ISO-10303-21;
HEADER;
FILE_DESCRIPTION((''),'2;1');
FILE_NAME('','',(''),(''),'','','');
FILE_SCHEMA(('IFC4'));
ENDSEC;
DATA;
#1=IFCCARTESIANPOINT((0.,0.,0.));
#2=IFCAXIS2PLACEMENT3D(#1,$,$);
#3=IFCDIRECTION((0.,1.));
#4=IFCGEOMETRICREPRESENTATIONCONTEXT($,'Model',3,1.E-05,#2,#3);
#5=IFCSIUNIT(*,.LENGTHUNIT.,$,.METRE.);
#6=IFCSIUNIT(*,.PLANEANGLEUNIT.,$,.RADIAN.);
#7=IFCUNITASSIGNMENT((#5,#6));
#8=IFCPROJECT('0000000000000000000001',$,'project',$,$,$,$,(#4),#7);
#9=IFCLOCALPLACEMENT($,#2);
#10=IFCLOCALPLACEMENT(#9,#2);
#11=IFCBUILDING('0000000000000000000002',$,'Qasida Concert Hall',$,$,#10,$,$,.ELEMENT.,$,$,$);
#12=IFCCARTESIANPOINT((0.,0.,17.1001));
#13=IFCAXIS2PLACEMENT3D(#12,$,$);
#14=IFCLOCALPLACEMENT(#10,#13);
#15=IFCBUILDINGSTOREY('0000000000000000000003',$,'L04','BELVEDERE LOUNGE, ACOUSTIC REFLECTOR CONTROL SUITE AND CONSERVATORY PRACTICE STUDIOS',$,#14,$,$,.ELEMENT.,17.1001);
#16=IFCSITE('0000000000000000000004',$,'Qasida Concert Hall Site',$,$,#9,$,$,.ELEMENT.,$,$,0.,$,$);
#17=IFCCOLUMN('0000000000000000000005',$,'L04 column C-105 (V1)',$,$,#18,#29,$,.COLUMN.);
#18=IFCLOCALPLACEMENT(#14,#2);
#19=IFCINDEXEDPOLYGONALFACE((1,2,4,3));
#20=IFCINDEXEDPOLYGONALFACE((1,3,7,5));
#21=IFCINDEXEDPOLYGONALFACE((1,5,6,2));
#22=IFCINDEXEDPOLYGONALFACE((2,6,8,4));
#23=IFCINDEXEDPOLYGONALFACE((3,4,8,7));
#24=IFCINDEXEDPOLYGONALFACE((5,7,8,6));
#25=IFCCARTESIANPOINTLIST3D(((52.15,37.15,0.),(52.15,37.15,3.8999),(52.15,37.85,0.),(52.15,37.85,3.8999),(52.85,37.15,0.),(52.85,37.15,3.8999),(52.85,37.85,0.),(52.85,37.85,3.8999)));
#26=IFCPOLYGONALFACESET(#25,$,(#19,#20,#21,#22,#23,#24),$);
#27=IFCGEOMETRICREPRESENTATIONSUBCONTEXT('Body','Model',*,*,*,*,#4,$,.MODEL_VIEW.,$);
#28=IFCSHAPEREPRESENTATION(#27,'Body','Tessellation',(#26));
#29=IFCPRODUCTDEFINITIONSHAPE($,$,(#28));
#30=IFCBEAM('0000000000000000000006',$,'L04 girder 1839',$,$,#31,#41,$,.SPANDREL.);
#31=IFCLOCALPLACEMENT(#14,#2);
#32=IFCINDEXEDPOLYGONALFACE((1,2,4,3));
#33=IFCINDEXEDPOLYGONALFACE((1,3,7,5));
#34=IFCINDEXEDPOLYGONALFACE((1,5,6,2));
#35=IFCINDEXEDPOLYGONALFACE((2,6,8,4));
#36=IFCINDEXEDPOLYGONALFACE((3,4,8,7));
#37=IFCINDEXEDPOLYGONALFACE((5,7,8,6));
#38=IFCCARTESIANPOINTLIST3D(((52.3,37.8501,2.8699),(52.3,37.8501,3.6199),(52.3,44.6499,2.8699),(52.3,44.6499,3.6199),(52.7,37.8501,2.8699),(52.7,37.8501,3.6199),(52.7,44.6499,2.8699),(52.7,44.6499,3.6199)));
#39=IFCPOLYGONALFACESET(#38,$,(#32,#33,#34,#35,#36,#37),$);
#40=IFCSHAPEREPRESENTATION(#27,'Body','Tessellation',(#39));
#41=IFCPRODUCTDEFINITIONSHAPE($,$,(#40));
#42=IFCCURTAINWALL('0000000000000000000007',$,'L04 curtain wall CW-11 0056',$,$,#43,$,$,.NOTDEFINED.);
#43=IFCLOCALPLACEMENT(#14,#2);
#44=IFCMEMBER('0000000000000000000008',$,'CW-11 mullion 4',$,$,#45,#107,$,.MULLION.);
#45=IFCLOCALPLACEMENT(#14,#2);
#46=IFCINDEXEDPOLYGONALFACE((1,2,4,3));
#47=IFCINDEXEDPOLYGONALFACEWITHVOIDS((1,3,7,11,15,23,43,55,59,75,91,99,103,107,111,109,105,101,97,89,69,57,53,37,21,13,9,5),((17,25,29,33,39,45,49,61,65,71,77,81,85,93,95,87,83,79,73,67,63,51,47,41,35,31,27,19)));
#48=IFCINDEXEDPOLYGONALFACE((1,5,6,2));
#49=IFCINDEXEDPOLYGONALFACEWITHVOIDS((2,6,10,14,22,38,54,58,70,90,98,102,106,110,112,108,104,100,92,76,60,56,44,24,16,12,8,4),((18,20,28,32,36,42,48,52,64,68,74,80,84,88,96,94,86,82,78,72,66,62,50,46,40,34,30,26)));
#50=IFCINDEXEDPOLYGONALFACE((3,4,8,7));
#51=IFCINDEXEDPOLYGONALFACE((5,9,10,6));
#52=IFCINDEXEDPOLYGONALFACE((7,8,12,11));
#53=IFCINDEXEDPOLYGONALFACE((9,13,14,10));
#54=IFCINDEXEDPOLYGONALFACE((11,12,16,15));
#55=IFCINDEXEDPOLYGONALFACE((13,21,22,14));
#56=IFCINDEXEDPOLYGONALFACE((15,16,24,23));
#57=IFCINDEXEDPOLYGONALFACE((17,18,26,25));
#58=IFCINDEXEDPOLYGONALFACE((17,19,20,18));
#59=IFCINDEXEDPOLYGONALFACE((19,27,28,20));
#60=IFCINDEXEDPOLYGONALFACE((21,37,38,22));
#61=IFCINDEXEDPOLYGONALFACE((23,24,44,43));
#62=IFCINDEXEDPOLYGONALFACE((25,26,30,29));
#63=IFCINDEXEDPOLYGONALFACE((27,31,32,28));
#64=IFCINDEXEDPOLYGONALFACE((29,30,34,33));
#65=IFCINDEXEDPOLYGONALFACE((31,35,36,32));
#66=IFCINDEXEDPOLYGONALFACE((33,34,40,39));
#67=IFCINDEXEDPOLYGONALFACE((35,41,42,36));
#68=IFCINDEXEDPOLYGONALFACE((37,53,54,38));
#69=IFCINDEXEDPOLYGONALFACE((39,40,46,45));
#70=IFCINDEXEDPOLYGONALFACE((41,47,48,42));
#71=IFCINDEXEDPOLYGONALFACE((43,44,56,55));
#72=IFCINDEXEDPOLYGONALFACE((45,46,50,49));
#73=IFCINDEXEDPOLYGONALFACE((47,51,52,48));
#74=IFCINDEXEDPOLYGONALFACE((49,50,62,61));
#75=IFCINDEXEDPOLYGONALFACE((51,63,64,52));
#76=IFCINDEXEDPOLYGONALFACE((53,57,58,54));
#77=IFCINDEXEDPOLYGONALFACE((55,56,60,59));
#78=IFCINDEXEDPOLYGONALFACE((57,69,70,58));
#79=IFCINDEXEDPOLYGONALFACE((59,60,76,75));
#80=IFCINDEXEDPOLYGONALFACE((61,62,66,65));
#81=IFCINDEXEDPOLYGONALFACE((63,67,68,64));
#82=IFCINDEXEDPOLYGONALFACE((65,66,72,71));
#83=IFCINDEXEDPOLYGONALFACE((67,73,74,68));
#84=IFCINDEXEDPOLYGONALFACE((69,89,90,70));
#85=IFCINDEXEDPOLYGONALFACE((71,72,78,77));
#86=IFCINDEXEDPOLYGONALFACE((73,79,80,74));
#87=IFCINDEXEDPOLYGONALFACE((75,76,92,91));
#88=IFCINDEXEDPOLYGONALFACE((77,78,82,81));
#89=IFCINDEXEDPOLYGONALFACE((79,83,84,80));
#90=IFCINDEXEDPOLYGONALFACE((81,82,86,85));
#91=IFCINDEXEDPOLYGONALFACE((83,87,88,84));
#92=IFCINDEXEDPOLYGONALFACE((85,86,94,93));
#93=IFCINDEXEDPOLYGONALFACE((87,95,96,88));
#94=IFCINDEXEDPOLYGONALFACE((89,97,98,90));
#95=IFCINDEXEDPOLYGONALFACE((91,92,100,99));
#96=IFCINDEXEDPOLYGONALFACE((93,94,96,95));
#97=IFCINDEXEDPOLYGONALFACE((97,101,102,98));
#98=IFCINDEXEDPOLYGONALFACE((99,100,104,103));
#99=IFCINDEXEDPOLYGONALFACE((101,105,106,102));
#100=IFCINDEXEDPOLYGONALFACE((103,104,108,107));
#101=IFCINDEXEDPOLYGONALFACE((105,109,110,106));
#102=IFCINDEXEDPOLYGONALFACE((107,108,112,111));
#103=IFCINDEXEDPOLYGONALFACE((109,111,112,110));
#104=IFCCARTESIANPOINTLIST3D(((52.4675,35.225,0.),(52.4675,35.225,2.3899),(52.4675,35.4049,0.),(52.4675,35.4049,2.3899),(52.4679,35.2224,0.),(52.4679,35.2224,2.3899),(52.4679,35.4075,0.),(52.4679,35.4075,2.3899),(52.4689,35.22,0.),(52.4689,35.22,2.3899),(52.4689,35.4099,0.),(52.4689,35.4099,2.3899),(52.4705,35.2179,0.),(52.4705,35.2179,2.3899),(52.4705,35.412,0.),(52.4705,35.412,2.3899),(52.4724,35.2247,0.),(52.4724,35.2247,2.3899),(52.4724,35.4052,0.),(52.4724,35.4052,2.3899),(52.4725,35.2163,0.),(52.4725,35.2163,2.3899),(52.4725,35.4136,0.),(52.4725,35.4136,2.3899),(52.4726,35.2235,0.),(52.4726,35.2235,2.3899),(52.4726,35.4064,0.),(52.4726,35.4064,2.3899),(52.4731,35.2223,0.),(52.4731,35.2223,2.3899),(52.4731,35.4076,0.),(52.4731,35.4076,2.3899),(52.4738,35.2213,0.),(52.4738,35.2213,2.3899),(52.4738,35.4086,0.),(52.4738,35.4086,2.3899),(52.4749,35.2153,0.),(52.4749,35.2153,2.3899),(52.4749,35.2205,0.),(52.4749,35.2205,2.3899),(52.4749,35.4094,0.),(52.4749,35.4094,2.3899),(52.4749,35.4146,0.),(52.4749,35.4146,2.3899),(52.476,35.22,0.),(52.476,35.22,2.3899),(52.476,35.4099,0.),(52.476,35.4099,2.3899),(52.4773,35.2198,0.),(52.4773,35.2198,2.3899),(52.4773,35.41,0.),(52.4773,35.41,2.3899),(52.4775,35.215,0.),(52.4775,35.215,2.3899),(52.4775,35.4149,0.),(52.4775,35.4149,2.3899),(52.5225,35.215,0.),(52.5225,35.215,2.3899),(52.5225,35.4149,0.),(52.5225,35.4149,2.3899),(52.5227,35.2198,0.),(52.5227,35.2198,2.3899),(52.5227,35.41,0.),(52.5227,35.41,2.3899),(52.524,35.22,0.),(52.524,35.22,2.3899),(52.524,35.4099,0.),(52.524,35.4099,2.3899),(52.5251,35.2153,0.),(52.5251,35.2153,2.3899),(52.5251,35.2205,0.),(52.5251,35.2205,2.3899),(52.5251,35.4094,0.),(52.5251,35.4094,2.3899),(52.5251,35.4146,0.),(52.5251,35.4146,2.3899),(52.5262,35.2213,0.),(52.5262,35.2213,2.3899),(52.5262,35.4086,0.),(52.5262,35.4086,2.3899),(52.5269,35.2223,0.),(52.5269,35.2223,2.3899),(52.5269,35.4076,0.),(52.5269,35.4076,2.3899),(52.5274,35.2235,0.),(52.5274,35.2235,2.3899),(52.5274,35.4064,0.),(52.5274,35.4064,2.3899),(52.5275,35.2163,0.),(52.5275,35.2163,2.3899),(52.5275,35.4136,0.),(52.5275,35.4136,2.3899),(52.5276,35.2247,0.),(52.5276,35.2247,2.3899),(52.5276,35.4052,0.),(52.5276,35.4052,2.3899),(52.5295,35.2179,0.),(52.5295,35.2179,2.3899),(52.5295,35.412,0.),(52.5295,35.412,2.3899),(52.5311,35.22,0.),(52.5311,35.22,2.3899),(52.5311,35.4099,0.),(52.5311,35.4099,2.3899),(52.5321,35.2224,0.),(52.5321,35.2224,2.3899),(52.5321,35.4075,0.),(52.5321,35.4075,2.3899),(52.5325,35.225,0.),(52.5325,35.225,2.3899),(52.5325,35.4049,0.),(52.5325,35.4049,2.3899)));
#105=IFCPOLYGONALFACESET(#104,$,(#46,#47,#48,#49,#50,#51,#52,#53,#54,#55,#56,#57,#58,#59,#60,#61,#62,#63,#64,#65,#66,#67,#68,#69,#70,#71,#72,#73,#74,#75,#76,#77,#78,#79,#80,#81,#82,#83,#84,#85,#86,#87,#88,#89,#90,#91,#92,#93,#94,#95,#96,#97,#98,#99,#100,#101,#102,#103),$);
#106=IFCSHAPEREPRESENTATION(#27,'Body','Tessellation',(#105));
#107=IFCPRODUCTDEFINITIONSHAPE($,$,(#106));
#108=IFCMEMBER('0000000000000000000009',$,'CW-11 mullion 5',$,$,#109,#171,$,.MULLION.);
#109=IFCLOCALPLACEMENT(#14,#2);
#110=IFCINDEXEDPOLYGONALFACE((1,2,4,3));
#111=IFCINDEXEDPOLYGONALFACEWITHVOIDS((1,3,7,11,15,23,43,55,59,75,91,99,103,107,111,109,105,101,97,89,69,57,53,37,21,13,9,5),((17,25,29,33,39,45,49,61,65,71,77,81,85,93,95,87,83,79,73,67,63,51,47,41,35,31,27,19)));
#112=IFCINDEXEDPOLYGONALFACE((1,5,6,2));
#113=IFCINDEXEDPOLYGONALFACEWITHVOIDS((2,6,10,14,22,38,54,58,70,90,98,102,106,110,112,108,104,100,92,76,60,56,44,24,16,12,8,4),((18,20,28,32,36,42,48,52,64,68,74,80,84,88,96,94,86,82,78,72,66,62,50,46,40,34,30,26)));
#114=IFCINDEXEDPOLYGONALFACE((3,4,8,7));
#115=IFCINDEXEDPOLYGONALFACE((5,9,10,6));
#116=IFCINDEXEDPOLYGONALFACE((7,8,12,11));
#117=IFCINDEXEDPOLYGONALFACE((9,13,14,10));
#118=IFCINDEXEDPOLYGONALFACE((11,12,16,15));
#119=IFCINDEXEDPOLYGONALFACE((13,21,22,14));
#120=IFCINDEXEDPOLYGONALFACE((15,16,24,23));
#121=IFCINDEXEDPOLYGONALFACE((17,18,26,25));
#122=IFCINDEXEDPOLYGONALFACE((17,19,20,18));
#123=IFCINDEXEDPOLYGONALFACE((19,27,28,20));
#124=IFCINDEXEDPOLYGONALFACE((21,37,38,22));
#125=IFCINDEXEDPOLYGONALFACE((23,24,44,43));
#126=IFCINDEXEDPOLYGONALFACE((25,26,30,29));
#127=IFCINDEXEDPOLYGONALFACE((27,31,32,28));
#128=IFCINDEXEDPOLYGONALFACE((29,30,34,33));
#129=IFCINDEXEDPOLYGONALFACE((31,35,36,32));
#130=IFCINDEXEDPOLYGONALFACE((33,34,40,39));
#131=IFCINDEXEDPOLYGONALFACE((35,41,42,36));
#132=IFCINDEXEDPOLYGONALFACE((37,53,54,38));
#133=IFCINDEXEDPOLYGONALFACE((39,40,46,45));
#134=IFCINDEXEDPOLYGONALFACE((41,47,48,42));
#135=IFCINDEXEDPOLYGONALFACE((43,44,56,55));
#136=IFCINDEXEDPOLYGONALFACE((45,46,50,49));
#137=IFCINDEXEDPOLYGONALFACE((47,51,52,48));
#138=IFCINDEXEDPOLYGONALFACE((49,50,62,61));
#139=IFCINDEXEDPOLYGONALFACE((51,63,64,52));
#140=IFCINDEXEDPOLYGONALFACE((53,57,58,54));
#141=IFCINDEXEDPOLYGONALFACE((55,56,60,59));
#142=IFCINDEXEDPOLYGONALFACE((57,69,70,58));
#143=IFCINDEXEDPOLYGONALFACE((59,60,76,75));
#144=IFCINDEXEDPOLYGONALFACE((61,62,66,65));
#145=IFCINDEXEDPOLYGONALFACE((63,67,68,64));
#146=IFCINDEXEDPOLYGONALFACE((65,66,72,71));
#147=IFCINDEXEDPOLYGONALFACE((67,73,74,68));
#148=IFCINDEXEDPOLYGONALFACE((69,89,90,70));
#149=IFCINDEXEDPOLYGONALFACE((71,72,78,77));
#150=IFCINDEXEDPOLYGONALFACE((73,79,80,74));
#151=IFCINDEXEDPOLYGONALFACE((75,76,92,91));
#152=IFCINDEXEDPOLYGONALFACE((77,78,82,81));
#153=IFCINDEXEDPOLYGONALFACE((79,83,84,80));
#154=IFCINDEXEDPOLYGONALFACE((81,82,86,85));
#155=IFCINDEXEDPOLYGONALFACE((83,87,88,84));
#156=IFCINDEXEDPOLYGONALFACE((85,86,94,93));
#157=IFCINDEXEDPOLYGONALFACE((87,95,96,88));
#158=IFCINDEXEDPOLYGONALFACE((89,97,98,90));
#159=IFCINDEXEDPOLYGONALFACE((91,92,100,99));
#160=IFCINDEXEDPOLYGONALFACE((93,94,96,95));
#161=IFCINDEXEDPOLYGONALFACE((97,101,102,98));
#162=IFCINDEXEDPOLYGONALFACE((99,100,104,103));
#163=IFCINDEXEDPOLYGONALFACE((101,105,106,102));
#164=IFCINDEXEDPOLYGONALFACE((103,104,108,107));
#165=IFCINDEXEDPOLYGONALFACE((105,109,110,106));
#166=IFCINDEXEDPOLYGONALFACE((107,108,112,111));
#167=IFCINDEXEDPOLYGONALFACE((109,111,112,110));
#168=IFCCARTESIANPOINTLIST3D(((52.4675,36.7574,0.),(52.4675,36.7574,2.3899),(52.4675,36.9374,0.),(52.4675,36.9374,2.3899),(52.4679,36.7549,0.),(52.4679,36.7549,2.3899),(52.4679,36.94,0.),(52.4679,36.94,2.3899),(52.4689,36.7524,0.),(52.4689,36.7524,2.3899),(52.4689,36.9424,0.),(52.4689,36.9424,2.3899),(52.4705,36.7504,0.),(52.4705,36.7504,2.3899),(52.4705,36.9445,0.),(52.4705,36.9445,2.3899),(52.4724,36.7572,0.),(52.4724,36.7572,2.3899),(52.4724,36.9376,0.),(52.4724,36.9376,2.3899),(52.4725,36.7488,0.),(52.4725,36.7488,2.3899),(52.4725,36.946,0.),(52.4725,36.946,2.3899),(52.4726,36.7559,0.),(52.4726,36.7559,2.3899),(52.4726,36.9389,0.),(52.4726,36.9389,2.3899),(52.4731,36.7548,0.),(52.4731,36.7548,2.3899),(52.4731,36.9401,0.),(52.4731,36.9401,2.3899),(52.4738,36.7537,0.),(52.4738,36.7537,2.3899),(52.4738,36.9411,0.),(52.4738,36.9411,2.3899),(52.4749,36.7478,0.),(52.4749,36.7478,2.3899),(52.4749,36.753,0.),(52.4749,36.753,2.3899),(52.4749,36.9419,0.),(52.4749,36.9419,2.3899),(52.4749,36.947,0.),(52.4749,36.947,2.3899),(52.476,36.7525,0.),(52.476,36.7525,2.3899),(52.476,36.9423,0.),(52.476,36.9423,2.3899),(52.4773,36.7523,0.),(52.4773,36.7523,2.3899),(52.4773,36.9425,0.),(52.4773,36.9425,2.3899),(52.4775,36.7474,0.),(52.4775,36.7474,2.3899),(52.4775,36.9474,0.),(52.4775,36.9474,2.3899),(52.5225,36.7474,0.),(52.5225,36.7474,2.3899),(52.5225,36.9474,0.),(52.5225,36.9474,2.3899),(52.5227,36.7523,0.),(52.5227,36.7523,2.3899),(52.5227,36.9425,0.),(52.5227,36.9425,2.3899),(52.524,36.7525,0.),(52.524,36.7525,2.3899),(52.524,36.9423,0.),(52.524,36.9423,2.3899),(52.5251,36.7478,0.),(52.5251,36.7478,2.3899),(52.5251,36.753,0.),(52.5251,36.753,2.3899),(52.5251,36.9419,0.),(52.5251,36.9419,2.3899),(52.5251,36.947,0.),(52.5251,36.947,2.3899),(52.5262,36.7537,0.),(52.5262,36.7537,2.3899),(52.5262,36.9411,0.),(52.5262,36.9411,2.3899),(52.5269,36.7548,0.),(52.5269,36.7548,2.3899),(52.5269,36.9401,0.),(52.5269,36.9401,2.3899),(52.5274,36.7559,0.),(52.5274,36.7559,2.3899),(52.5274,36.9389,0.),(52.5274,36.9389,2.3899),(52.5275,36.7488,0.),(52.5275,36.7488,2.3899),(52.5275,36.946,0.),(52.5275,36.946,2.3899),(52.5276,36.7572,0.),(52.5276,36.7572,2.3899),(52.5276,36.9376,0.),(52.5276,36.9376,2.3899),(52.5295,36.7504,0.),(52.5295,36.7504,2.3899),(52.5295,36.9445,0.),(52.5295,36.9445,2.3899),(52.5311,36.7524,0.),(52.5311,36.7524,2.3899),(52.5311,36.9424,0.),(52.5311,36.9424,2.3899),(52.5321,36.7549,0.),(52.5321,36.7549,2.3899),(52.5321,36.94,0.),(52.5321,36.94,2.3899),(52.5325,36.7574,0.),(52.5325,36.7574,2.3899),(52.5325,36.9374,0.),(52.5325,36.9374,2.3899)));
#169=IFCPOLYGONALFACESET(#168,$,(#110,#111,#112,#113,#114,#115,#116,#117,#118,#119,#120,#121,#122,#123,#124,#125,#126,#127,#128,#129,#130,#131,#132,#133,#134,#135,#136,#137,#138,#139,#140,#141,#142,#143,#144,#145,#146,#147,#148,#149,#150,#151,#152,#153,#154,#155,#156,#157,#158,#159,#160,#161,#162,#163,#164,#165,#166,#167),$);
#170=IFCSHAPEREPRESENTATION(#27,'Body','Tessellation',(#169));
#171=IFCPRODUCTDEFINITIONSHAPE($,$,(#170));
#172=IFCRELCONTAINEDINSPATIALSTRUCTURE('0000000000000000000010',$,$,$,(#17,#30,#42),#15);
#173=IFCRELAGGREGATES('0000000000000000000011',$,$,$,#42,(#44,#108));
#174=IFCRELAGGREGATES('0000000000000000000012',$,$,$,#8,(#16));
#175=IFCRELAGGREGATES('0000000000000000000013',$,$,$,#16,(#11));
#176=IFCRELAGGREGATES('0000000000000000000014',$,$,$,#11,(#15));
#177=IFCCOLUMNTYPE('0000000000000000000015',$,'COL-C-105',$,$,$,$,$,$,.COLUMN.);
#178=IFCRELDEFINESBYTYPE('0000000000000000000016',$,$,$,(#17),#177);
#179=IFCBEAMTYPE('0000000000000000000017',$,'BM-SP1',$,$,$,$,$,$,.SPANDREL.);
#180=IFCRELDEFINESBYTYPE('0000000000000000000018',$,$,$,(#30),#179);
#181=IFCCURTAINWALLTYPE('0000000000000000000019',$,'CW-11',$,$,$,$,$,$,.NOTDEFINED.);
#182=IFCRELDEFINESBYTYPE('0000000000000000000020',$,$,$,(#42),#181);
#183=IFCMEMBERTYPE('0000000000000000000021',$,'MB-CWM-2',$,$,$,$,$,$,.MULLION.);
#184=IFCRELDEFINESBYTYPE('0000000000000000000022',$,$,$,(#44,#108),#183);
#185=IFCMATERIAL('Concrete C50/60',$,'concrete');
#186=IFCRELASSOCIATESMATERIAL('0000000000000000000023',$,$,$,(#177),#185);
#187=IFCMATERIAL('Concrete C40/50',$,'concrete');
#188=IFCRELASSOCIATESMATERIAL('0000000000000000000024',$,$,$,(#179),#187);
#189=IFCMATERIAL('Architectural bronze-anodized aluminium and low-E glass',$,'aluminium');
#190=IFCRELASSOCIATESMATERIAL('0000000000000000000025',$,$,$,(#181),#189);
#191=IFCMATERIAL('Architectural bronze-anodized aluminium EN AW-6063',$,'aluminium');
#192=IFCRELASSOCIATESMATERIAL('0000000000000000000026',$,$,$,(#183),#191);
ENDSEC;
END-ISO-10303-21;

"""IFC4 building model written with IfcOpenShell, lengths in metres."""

from ifc_helpers import new_model, si_unit, direction, frame, origin, origin_2d, place, context, subcontext, project, spatial, rectangle, hollow_rectangle, extrude, material, material_profile, profile_set, type_object, element, aggregate, save


model = new_model("IFC4")

# Units and contexts
model_context = context("Model", 3, precision=1e-05, world=origin(), true_north=direction((0.0, 1.0)))
body_context = subcontext(model_context, "Body", "Model", "MODEL_VIEW")
ifc_project = project(units=[si_unit("LENGTHUNIT", "METRE"), si_unit("PLANEANGLEUNIT", "RADIAN")], contexts=[model_context])

# Site, building, storey
site_placement = place(None, origin())
site = spatial("IfcSite", under=ifc_project, at=site_placement, Name="Qasida Concert Hall Site", CompositionType="ELEMENT", RefElevation=0.0)
building_placement = place(site_placement, origin())
building = spatial("IfcBuilding", under=site, at=building_placement, Name="Qasida Concert Hall", CompositionType="ELEMENT")
storey_placement = place(building_placement, frame((0.0, 0.0, 17.1001)))
storey = spatial("IfcBuildingStorey", under=building, at=storey_placement, Name="L04", Description="BELVEDERE LOUNGE, ACOUSTIC REFLECTOR CONTROL SUITE AND CONSERVATORY PRACTICE STUDIOS", CompositionType="ELEMENT", Elevation=17.1001)

# Column
ifc_material_1 = material(Name="Concrete C50/60", Category="concrete")
ifc_material_profile_1 = material_profile(ifc_material_1, rectangle(XDim=0.7, YDim=0.7, at=origin_2d()), Name="RC 700x700")
ifc_profile_set_1 = profile_set([ifc_material_profile_1], Name="Concrete C50/60")
column_type = type_object("IfcColumnType", Name="COL-C-105", PredefinedType="COLUMN", material=ifc_profile_set_1)
column_placement = place(storey_placement, frame((52.5, 37.5, 0.0), z_axis=(0.0, 0.0, 1.0), x_axis=(1.0, 0.0, 0.0)))
element("IfcColumn", 1, at=column_placement, inside=storey, type_object=column_type, Name="L04 column C-105 (V1)", PredefinedType="COLUMN", context=body_context, shape_type="SweptSolid", body=[
    extrude(rectangle(XDim=0.7, YDim=0.7, at=origin_2d()), origin(), (0.0, 0.0, 1.0), 3.8999),
])

# Beam
ifc_material_2 = material(Name="Concrete C40/50", Category="concrete")
ifc_material_profile_2 = material_profile(ifc_material_2, rectangle(XDim=0.3999, YDim=0.75, at=origin_2d()), Name="RC 400x750")
ifc_profile_set_2 = profile_set([ifc_material_profile_2], Name="Concrete C40/50")
beam_type = type_object("IfcBeamType", Name="BM-SP1", PredefinedType="SPANDREL", material=ifc_profile_set_2)
beam_placement = place(storey_placement, frame((52.5, 37.8501, 3.2449), z_axis=(0.0, 1.0, 0.0), x_axis=(-1.0, 0.0, 0.0)))
element("IfcBeam", 2, at=beam_placement, inside=storey, type_object=beam_type, Name="L04 girder 1839", PredefinedType="SPANDREL", context=body_context, shape_type="SweptSolid", body=[
    extrude(rectangle(XDim=0.3999, YDim=0.75, at=origin_2d()), origin(), (0.0, 0.0, 1.0), 6.7998),
])

# Curtain wall, members
ifc_material_3 = material(Name="Architectural bronze-anodized aluminium and low-E glass", Category="aluminium")
curtain_wall_type = type_object("IfcCurtainWallType", Name="CW-11", PredefinedType="NOTDEFINED", material=ifc_material_3)
curtain_wall_1_placement = place(storey_placement, origin())
curtain_wall_1 = element("IfcCurtainWall", 3, at=curtain_wall_1_placement, inside=storey, type_object=curtain_wall_type, Name="L04 curtain wall CW-11 0056", PredefinedType="NOTDEFINED")
ifc_material_4 = material(Name="Architectural bronze-anodized aluminium EN AW-6063", Category="aluminium")
ifc_material_profile_3 = material_profile(ifc_material_4, hollow_rectangle(XDim=0.0649, YDim=0.2, WallThickness=0.0049, InnerFilletRadius=0.0049, OuterFilletRadius=0.01, at=origin_2d()), Name="CWM 200x65x5")
ifc_profile_set_3 = profile_set([ifc_material_profile_3], Name="Architectural bronze-anodized aluminium EN AW-6063")
member_type_1 = type_object("IfcMemberType", Name="MB-CWM-2", PredefinedType="MULLION", material=ifc_profile_set_3)
member_1_placement = place(storey_placement, frame((52.5, 35.3149, 0.0), z_axis=(0.0, 0.0, 1.0), x_axis=(-1.0, 0.0, 0.0)))
member_1 = element("IfcMember", 4, at=member_1_placement, type_object=member_type_1, Name="CW-11 mullion 4", PredefinedType="MULLION", context=body_context, shape_type="SweptSolid", body=[
    extrude(hollow_rectangle(XDim=0.0649, YDim=0.2, WallThickness=0.0049, InnerFilletRadius=0.0049, OuterFilletRadius=0.01, at=origin_2d()), origin(), (0.0, 0.0, 1.0), 2.3899),
])
member_2_placement = place(storey_placement, frame((52.5, 36.8474, 0.0), z_axis=(0.0, 0.0, 1.0), x_axis=(-1.0, 0.0, 0.0)))
member_2 = element("IfcMember", 5, at=member_2_placement, type_object=member_type_1, Name="CW-11 mullion 5", PredefinedType="MULLION", context=body_context, shape_type="SweptSolid", body=[
    extrude(hollow_rectangle(XDim=0.0649, YDim=0.2, WallThickness=0.0049, InnerFilletRadius=0.0049, OuterFilletRadius=0.01, at=origin_2d()), origin(), (0.0, 0.0, 1.0), 2.3899),
])

aggregate(curtain_wall_1, [member_1, member_2])

save(model, "model.ifc")
